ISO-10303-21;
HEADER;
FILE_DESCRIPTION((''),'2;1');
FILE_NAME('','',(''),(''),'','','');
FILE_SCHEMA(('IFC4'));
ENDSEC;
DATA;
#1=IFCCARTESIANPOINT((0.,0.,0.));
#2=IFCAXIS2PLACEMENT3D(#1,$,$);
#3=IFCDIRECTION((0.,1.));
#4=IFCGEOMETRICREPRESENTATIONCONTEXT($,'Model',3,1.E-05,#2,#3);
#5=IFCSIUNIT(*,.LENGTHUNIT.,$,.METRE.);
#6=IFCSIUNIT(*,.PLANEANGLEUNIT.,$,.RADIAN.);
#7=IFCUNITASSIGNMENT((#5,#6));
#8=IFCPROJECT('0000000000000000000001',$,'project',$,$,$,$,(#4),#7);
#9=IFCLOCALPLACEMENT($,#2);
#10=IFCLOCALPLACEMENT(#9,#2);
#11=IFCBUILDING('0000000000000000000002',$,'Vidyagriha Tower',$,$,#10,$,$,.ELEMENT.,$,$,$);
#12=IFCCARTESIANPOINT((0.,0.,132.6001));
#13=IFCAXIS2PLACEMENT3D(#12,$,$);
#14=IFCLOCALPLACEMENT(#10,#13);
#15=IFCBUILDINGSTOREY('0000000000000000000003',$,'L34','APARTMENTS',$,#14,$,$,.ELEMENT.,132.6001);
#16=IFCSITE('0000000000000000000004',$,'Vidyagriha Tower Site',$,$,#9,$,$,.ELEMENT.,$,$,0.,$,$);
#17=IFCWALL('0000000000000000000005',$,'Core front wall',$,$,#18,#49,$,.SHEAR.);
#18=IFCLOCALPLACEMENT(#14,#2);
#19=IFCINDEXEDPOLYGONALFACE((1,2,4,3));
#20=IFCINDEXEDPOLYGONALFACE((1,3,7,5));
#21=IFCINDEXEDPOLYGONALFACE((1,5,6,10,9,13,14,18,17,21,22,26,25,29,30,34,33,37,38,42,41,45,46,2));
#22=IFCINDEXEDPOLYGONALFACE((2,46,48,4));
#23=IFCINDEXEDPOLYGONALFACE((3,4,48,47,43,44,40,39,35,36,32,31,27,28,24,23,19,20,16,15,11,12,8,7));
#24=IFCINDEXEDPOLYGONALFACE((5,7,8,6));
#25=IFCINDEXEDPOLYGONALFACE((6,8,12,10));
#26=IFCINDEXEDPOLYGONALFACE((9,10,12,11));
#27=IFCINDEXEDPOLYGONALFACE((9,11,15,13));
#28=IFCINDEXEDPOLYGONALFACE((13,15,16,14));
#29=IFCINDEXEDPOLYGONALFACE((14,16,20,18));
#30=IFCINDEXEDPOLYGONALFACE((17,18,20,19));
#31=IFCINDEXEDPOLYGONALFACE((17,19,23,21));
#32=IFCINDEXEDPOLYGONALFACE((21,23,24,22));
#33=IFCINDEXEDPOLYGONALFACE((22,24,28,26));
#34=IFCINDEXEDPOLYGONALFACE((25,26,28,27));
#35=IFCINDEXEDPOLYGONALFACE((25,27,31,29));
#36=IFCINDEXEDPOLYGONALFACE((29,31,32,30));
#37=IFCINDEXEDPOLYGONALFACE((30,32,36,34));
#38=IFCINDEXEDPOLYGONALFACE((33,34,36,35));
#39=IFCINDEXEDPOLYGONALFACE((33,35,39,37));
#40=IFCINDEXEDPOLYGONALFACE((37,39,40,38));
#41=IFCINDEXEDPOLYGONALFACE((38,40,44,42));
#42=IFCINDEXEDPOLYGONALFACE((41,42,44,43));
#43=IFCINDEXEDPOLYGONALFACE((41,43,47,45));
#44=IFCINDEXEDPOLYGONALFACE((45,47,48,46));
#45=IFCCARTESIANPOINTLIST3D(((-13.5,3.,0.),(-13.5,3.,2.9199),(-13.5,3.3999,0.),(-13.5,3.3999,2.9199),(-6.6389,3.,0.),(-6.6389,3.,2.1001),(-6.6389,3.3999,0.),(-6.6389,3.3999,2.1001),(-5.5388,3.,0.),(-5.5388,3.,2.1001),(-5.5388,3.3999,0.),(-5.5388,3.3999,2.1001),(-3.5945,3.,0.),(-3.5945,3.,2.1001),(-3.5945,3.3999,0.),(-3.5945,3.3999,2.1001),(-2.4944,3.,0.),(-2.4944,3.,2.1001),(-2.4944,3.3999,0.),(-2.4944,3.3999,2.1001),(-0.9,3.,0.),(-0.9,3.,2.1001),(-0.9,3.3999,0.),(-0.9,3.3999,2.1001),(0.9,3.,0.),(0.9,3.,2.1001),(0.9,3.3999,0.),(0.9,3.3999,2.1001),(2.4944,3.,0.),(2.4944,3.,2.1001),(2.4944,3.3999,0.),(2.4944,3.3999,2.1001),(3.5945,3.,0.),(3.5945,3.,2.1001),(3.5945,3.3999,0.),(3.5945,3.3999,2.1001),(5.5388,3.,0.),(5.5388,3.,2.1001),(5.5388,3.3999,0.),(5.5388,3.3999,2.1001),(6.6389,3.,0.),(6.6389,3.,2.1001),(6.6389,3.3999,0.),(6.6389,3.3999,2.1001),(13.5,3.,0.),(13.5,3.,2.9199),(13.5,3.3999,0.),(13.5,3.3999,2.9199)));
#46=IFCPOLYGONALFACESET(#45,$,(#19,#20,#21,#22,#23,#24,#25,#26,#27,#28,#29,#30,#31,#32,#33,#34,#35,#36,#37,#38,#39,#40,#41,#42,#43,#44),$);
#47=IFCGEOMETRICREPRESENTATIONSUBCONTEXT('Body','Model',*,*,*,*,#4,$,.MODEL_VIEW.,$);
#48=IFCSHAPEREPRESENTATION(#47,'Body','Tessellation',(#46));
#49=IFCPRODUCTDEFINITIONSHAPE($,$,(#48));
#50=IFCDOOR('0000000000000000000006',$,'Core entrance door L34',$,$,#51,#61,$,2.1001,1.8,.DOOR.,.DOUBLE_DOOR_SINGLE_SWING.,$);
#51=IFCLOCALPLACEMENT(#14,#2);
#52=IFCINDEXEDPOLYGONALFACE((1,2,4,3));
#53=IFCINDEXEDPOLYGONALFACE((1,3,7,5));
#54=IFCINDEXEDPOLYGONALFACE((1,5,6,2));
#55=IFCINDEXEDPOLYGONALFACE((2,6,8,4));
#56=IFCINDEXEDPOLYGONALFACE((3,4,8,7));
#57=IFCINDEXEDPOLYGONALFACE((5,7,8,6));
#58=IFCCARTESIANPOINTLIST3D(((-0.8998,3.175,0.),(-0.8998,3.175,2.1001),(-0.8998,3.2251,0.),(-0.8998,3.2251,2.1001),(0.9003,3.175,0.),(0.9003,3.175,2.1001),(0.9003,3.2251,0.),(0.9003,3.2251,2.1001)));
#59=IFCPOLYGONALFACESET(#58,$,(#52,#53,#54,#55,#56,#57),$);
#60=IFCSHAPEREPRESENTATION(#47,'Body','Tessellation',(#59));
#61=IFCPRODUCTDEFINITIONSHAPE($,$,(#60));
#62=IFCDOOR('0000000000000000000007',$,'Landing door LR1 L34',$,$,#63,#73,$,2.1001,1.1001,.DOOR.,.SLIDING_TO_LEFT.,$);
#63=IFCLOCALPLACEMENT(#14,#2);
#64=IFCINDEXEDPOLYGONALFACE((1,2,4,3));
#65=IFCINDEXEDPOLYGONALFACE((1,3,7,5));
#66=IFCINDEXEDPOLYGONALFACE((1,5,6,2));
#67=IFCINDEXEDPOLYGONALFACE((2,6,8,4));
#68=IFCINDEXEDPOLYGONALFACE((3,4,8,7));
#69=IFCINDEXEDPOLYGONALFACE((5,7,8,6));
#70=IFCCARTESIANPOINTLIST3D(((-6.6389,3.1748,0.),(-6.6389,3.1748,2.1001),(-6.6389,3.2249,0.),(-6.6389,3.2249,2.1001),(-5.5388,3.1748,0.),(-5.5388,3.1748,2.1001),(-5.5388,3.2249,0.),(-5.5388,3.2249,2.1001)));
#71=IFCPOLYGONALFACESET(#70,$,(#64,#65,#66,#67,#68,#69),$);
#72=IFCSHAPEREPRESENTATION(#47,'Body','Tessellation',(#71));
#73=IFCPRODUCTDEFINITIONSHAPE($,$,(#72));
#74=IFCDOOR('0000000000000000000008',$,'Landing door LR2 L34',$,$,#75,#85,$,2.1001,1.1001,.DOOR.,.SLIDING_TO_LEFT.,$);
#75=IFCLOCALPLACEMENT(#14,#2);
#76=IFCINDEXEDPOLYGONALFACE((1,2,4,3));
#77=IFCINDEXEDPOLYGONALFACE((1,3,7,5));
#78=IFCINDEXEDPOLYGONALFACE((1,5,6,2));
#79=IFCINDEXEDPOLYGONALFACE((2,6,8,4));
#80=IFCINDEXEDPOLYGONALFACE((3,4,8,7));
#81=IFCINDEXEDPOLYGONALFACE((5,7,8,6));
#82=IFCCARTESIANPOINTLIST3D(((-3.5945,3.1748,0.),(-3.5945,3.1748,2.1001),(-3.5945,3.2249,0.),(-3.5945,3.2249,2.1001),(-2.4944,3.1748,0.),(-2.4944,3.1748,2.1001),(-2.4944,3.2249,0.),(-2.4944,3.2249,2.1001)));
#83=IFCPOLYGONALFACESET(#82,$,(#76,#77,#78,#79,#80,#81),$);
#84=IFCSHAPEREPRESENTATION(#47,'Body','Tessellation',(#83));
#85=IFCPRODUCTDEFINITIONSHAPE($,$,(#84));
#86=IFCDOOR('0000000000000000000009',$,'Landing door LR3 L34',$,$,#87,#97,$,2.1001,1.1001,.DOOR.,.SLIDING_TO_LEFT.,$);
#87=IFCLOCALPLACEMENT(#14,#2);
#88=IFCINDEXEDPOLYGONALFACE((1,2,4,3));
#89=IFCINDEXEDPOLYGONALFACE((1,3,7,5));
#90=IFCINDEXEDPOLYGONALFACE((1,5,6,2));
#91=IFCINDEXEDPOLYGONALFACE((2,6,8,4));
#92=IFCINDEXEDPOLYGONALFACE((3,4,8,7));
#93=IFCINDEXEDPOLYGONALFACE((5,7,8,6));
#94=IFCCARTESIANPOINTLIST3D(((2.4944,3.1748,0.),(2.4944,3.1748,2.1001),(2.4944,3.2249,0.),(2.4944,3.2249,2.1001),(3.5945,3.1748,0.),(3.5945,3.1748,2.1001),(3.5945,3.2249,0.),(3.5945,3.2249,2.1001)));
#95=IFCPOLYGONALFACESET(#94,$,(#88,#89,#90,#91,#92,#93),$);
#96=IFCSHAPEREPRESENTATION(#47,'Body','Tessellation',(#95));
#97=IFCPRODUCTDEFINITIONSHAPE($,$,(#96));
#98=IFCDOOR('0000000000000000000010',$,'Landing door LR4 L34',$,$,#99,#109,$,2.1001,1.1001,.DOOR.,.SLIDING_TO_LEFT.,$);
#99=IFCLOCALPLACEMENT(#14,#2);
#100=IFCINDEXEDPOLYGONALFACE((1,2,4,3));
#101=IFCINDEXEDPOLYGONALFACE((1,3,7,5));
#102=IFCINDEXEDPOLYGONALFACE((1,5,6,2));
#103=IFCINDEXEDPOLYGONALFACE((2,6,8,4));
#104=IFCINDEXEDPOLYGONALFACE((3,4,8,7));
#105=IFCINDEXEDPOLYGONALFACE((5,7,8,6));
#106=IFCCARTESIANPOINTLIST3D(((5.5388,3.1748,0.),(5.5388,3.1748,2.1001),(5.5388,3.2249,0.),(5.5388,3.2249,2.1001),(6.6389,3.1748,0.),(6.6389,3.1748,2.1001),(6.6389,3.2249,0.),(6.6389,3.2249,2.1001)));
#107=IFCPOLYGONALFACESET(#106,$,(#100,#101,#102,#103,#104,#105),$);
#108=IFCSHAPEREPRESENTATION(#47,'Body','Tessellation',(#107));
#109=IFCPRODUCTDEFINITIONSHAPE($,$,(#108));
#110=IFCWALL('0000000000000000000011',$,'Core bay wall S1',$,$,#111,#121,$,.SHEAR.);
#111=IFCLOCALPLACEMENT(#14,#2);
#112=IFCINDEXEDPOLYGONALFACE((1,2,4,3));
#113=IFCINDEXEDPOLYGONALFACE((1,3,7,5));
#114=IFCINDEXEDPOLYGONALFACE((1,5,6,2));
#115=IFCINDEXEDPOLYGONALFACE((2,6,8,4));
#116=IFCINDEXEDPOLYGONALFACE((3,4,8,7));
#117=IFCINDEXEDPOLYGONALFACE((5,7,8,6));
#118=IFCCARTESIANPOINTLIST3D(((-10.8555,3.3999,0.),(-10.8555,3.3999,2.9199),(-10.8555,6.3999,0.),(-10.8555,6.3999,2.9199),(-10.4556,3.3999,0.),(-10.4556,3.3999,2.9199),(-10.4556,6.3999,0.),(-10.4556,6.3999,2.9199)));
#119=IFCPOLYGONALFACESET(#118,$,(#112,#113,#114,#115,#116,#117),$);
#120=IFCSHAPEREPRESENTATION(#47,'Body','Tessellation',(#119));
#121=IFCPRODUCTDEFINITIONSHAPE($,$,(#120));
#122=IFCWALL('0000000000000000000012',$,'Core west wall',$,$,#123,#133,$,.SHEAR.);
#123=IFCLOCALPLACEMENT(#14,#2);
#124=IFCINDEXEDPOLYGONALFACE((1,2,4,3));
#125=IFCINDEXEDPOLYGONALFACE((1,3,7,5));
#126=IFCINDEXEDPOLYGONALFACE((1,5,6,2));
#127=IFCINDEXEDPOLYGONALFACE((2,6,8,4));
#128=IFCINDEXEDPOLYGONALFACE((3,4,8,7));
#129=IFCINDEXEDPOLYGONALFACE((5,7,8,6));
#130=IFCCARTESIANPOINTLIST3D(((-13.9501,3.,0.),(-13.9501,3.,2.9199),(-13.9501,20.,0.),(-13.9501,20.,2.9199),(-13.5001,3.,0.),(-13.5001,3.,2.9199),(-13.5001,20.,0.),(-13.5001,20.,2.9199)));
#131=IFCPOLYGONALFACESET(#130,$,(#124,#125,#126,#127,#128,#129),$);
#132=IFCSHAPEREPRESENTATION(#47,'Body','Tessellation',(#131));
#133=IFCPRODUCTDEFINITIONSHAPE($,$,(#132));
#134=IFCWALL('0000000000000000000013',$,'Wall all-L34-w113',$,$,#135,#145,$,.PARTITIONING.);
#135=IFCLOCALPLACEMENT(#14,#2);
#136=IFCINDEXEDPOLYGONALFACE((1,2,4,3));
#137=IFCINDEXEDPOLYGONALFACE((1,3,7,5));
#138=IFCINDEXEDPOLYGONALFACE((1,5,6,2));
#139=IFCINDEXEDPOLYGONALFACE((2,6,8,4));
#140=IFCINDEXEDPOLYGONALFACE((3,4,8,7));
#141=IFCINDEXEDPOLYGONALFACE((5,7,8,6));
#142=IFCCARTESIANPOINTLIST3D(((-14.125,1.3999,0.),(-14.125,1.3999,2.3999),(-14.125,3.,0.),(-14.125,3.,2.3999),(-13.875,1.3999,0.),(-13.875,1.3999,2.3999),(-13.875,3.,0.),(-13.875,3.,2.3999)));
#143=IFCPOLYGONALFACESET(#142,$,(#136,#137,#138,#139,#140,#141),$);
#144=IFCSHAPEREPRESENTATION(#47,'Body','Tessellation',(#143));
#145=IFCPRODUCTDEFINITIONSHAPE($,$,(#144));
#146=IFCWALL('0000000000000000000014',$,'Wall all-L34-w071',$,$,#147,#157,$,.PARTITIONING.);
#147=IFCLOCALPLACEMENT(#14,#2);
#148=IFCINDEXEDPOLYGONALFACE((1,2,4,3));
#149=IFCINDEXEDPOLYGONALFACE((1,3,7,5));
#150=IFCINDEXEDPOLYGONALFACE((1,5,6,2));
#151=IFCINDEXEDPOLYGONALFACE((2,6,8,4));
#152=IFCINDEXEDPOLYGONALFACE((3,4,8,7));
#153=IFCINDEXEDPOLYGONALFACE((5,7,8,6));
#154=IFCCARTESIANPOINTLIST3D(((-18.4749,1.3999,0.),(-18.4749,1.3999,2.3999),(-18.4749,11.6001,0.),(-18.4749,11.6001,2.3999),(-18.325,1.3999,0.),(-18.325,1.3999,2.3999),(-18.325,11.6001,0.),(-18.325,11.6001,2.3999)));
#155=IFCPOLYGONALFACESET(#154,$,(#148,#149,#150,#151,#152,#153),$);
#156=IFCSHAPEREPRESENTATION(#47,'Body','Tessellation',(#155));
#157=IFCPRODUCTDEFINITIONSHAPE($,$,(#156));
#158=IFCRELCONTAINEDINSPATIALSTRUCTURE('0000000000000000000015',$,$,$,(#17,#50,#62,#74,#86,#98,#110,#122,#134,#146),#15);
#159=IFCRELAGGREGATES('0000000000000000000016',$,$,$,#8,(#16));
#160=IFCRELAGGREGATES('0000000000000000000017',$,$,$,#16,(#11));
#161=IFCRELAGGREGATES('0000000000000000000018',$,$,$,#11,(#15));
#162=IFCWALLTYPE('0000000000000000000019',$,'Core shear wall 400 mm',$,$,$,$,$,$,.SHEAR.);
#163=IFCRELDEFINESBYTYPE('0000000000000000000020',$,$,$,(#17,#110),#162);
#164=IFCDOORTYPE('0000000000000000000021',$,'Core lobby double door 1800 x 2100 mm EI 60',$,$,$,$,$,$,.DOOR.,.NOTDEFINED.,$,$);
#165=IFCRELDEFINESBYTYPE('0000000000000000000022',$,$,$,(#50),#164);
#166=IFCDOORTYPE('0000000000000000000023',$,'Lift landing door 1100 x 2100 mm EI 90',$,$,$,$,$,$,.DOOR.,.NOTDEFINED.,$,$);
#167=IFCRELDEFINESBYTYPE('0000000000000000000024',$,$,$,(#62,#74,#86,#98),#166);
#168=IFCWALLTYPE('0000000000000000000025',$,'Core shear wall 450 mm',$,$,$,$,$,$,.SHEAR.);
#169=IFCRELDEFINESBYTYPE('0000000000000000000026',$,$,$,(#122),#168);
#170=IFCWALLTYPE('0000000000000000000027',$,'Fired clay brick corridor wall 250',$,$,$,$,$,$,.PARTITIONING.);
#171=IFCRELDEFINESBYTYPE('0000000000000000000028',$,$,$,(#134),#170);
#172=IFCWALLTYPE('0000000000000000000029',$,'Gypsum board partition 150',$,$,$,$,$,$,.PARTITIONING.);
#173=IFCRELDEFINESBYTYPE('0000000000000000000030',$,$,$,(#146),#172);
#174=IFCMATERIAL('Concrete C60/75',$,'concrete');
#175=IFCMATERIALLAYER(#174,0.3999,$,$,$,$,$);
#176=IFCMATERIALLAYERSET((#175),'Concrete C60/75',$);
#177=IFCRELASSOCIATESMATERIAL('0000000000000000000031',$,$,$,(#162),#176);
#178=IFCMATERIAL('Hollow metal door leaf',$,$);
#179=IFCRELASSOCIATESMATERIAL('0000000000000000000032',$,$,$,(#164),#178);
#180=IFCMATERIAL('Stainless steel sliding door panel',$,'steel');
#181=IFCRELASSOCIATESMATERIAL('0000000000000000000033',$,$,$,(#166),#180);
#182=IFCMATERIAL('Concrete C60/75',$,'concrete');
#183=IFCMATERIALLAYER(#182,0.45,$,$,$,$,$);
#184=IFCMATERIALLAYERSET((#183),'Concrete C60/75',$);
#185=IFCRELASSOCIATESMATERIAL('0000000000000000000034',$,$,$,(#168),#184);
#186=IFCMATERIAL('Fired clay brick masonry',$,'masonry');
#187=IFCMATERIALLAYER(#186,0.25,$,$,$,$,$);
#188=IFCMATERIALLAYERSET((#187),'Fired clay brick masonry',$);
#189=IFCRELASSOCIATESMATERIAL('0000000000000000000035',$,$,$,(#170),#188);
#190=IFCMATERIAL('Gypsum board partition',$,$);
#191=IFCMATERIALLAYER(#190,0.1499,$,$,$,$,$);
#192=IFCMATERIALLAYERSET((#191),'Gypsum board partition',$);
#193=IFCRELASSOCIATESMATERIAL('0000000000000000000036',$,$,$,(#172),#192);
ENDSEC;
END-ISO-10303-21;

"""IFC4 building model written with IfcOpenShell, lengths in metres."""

from ifc_helpers import new_model, si_unit, direction, frame, frame_2d, origin, place, context, subcontext, project, spatial, rectangle, extrude, material, layer, layer_set, type_object, element, fill, save


model = new_model("IFC4")

# Units and contexts
model_context = context("Model", 3, precision=1e-05, world=origin(), true_north=direction((0.0, 1.0)))
body_context = subcontext(model_context, "Body", "Model", "MODEL_VIEW")
ifc_project = project(units=[si_unit("LENGTHUNIT", "METRE"), si_unit("PLANEANGLEUNIT", "RADIAN")], contexts=[model_context])

# Site, building, storey
site_placement = place(None, origin())
site = spatial("IfcSite", under=ifc_project, at=site_placement, Name="Vidyagriha Tower Site", CompositionType="ELEMENT", RefElevation=0.0)
building_placement = place(site_placement, origin())
building = spatial("IfcBuilding", under=site, at=building_placement, Name="Vidyagriha Tower", CompositionType="ELEMENT")
storey_placement = place(building_placement, frame((0.0, 0.0, 132.6001)))
storey = spatial("IfcBuildingStorey", under=building, at=storey_placement, Name="L34", Description="APARTMENTS", CompositionType="ELEMENT", Elevation=132.6001)

# Wall, openings, doors
ifc_material_1 = material(Name="Concrete C60/75", Category="concrete")
ifc_layer_1 = layer(ifc_material_1, 0.3999)
ifc_layer_set_1 = layer_set([ifc_layer_1], Name="Concrete C60/75")
wall_type_1 = type_object("IfcWallType", Name="Core shear wall 400 mm", PredefinedType="SHEAR", material=ifc_layer_set_1)
wall_1_placement = place(storey_placement, frame((-13.5, 3.2, 0.0)))
wall_1 = element("IfcWall", 1, at=wall_1_placement, inside=storey, type_object=wall_type_1, Name="Core front wall", PredefinedType="SHEAR", context=body_context, shape_type="SweptSolid", body=[
    extrude(rectangle(XDim=27.0, YDim=0.3999, at=frame_2d((13.5, 0.0))), origin(), (0.0, 0.0, 1.0), 2.9199),
])
opening_1_placement = place(wall_1_placement, frame((6.8611, 0.0, 0.0)))
opening_1 = element("IfcOpeningElement", 2, at=opening_1_placement, cuts=wall_1, PredefinedType="OPENING", context=body_context, shape_type="SweptSolid", body=[
    extrude(rectangle(XDim=1.1001, YDim=2.1001, at=frame_2d((0.55, 1.05))), frame((0.0, 0.21, 0.0), z_axis=(0.0, -1.0, 0.0), x_axis=(1.0, 0.0, 0.0)), (0.0, 0.0, 1.0), 0.4199),
])
opening_2_placement = place(wall_1_placement, frame((9.9055, 0.0, 0.0)))
opening_2 = element("IfcOpeningElement", 3, at=opening_2_placement, cuts=wall_1, PredefinedType="OPENING", context=body_context, shape_type="SweptSolid", body=[
    extrude(rectangle(XDim=1.1001, YDim=2.1001, at=frame_2d((0.55, 1.05))), frame((0.0, 0.21, 0.0), z_axis=(0.0, -1.0, 0.0), x_axis=(1.0, 0.0, 0.0)), (0.0, 0.0, 1.0), 0.4199),
])
opening_3_placement = place(wall_1_placement, frame((15.9944, 0.0, 0.0)))
opening_3 = element("IfcOpeningElement", 4, at=opening_3_placement, cuts=wall_1, PredefinedType="OPENING", context=body_context, shape_type="SweptSolid", body=[
    extrude(rectangle(XDim=1.1001, YDim=2.1001, at=frame_2d((0.55, 1.05))), frame((0.0, 0.21, 0.0), z_axis=(0.0, -1.0, 0.0), x_axis=(1.0, 0.0, 0.0)), (0.0, 0.0, 1.0), 0.4199),
])
opening_4_placement = place(wall_1_placement, frame((19.0388, 0.0, 0.0)))
opening_4 = element("IfcOpeningElement", 5, at=opening_4_placement, cuts=wall_1, PredefinedType="OPENING", context=body_context, shape_type="SweptSolid", body=[
    extrude(rectangle(XDim=1.1001, YDim=2.1001, at=frame_2d((0.55, 1.05))), frame((0.0, 0.21, 0.0), z_axis=(0.0, -1.0, 0.0), x_axis=(1.0, 0.0, 0.0)), (0.0, 0.0, 1.0), 0.4199),
])
opening_5_placement = place(wall_1_placement, frame((12.6001, 0.0, 0.0)))
opening_5 = element("IfcOpeningElement", 6, at=opening_5_placement, cuts=wall_1, PredefinedType="OPENING", context=body_context, shape_type="SweptSolid", body=[
    extrude(rectangle(XDim=1.8, YDim=2.1001, at=frame_2d((0.8999, 1.05))), frame((0.0, 0.21, 0.0), z_axis=(0.0, -1.0, 0.0), x_axis=(1.0, 0.0, 0.0)), (0.0, 0.0, 1.0), 0.4199),
])
ifc_material_2 = material(Name="Hollow metal door leaf")
door_type_1 = type_object("IfcDoorType", Name="Core lobby double door 1800 x 2100 mm EI 60", OperationType="NOTDEFINED", PredefinedType="DOOR", material=ifc_material_2)
door_1_placement = place(opening_5_placement, frame((1.8, 0.0, 0.0), z_axis=(0.0, 0.0, 1.0), x_axis=(-1.0, 0.0, 0.0)))
door_1 = element("IfcDoor", 7, at=door_1_placement, inside=storey, type_object=door_type_1, Name="Core entrance door L34", OperationType="DOUBLE_DOOR_SINGLE_SWING", OverallHeight=2.1001, OverallWidth=1.8, PredefinedType="DOOR", context=body_context, shape_type="SweptSolid", body=[
    extrude(rectangle(XDim=1.8, YDim=2.1001, at=frame_2d((0.8999, 1.05))), frame((0.0, 0.0249, 0.0), z_axis=(0.0, -1.0, 0.0), x_axis=(1.0, 0.0, 0.0)), (0.0, 0.0, 1.0), 0.05),
])
fill(opening_5, door_1)
ifc_material_3 = material(Name="Stainless steel sliding door panel", Category="steel")
door_type_2 = type_object("IfcDoorType", Name="Lift landing door 1100 x 2100 mm EI 90", OperationType="NOTDEFINED", PredefinedType="DOOR", material=ifc_material_3)
door_2_placement = place(opening_1_placement, origin())
door_2 = element("IfcDoor", 8, at=door_2_placement, inside=storey, type_object=door_type_2, Name="Landing door LR1 L34", OperationType="SLIDING_TO_LEFT", OverallHeight=2.1001, OverallWidth=1.1001, PredefinedType="DOOR", context=body_context, shape_type="SweptSolid", body=[
    extrude(rectangle(XDim=1.1001, YDim=2.1001, at=frame_2d((0.55, 1.05))), frame((0.0, 0.0249, 0.0), z_axis=(0.0, -1.0, 0.0), x_axis=(1.0, 0.0, 0.0)), (0.0, 0.0, 1.0), 0.05),
])
fill(opening_1, door_2)
door_3_placement = place(opening_2_placement, origin())
door_3 = element("IfcDoor", 9, at=door_3_placement, inside=storey, type_object=door_type_2, Name="Landing door LR2 L34", OperationType="SLIDING_TO_LEFT", OverallHeight=2.1001, OverallWidth=1.1001, PredefinedType="DOOR", context=body_context, shape_type="SweptSolid", body=[
    extrude(rectangle(XDim=1.1001, YDim=2.1001, at=frame_2d((0.55, 1.05))), frame((0.0, 0.0249, 0.0), z_axis=(0.0, -1.0, 0.0), x_axis=(1.0, 0.0, 0.0)), (0.0, 0.0, 1.0), 0.05),
])
fill(opening_2, door_3)
door_4_placement = place(opening_3_placement, origin())
door_4 = element("IfcDoor", 10, at=door_4_placement, inside=storey, type_object=door_type_2, Name="Landing door LR3 L34", OperationType="SLIDING_TO_LEFT", OverallHeight=2.1001, OverallWidth=1.1001, PredefinedType="DOOR", context=body_context, shape_type="SweptSolid", body=[
    extrude(rectangle(XDim=1.1001, YDim=2.1001, at=frame_2d((0.55, 1.05))), frame((0.0, 0.0249, 0.0), z_axis=(0.0, -1.0, 0.0), x_axis=(1.0, 0.0, 0.0)), (0.0, 0.0, 1.0), 0.05),
])
fill(opening_3, door_4)
door_5_placement = place(opening_4_placement, origin())
door_5 = element("IfcDoor", 11, at=door_5_placement, inside=storey, type_object=door_type_2, Name="Landing door LR4 L34", OperationType="SLIDING_TO_LEFT", OverallHeight=2.1001, OverallWidth=1.1001, PredefinedType="DOOR", context=body_context, shape_type="SweptSolid", body=[
    extrude(rectangle(XDim=1.1001, YDim=2.1001, at=frame_2d((0.55, 1.05))), frame((0.0, 0.0249, 0.0), z_axis=(0.0, -1.0, 0.0), x_axis=(1.0, 0.0, 0.0)), (0.0, 0.0, 1.0), 0.05),
])
fill(opening_4, door_5)

# Walls
wall_2_placement = place(storey_placement, frame((-10.6555, 3.3999, 0.0), z_axis=(0.0, 0.0, 1.0), x_axis=(0.0, 1.0, 0.0)))
element("IfcWall", 12, at=wall_2_placement, inside=storey, type_object=wall_type_1, Name="Core bay wall S1", PredefinedType="SHEAR", context=body_context, shape_type="SweptSolid", body=[
    extrude(rectangle(XDim=3.0, YDim=0.3999, at=frame_2d((1.5, 0.0))), origin(), (0.0, 0.0, 1.0), 2.9199),
])
ifc_material_4 = material(Name="Concrete C60/75", Category="concrete")
ifc_layer_2 = layer(ifc_material_4, 0.45)
ifc_layer_set_2 = layer_set([ifc_layer_2], Name="Concrete C60/75")
wall_type_2 = type_object("IfcWallType", Name="Core shear wall 450 mm", PredefinedType="SHEAR", material=ifc_layer_set_2)
wall_3_placement = place(storey_placement, frame((-13.7251, 3.0, 0.0), z_axis=(0.0, 0.0, 1.0), x_axis=(0.0, 1.0, 0.0)))
element("IfcWall", 13, at=wall_3_placement, inside=storey, type_object=wall_type_2, Name="Core west wall", PredefinedType="SHEAR", context=body_context, shape_type="SweptSolid", body=[
    extrude(rectangle(XDim=17.0, YDim=0.45, at=frame_2d((8.5, 0.0))), origin(), (0.0, 0.0, 1.0), 2.9199),
])
ifc_material_5 = material(Name="Fired clay brick masonry", Category="masonry")
ifc_layer_3 = layer(ifc_material_5, 0.25)
ifc_layer_set_3 = layer_set([ifc_layer_3], Name="Fired clay brick masonry")
wall_type_3 = type_object("IfcWallType", Name="Fired clay brick corridor wall 250", PredefinedType="PARTITIONING", material=ifc_layer_set_3)
wall_4_placement = place(storey_placement, frame((-14.0, 3.0, 0.0), z_axis=(0.0, 0.0, 1.0), x_axis=(0.0, -1.0, 0.0)))
element("IfcWall", 14, at=wall_4_placement, inside=storey, type_object=wall_type_3, Name="Wall all-L34-w113", PredefinedType="PARTITIONING", context=body_context, shape_type="SweptSolid", body=[
    extrude(rectangle(XDim=1.6001, YDim=0.25, at=frame_2d((0.8, 0.0))), origin(), (0.0, 0.0, 1.0), 2.3999),
])
ifc_material_6 = material(Name="Gypsum board partition")
ifc_layer_4 = layer(ifc_material_6, 0.1499)
ifc_layer_set_4 = layer_set([ifc_layer_4], Name="Gypsum board partition")
wall_type_4 = type_object("IfcWallType", Name="Gypsum board partition 150", PredefinedType="PARTITIONING", material=ifc_layer_set_4)
wall_5_placement = place(storey_placement, frame((-18.3999, 1.3999, 0.0), z_axis=(0.0, 0.0, 1.0), x_axis=(0.0, 1.0, 0.0)))
element("IfcWall", 15, at=wall_5_placement, inside=storey, type_object=wall_type_4, Name="Wall all-L34-w071", PredefinedType="PARTITIONING", context=body_context, shape_type="SweptSolid", body=[
    extrude(rectangle(XDim=10.2002, YDim=0.1499, at=frame_2d((5.1001, 0.0))), origin(), (0.0, 0.0, 1.0), 2.3999),
])

save(model, "model.ifc")
